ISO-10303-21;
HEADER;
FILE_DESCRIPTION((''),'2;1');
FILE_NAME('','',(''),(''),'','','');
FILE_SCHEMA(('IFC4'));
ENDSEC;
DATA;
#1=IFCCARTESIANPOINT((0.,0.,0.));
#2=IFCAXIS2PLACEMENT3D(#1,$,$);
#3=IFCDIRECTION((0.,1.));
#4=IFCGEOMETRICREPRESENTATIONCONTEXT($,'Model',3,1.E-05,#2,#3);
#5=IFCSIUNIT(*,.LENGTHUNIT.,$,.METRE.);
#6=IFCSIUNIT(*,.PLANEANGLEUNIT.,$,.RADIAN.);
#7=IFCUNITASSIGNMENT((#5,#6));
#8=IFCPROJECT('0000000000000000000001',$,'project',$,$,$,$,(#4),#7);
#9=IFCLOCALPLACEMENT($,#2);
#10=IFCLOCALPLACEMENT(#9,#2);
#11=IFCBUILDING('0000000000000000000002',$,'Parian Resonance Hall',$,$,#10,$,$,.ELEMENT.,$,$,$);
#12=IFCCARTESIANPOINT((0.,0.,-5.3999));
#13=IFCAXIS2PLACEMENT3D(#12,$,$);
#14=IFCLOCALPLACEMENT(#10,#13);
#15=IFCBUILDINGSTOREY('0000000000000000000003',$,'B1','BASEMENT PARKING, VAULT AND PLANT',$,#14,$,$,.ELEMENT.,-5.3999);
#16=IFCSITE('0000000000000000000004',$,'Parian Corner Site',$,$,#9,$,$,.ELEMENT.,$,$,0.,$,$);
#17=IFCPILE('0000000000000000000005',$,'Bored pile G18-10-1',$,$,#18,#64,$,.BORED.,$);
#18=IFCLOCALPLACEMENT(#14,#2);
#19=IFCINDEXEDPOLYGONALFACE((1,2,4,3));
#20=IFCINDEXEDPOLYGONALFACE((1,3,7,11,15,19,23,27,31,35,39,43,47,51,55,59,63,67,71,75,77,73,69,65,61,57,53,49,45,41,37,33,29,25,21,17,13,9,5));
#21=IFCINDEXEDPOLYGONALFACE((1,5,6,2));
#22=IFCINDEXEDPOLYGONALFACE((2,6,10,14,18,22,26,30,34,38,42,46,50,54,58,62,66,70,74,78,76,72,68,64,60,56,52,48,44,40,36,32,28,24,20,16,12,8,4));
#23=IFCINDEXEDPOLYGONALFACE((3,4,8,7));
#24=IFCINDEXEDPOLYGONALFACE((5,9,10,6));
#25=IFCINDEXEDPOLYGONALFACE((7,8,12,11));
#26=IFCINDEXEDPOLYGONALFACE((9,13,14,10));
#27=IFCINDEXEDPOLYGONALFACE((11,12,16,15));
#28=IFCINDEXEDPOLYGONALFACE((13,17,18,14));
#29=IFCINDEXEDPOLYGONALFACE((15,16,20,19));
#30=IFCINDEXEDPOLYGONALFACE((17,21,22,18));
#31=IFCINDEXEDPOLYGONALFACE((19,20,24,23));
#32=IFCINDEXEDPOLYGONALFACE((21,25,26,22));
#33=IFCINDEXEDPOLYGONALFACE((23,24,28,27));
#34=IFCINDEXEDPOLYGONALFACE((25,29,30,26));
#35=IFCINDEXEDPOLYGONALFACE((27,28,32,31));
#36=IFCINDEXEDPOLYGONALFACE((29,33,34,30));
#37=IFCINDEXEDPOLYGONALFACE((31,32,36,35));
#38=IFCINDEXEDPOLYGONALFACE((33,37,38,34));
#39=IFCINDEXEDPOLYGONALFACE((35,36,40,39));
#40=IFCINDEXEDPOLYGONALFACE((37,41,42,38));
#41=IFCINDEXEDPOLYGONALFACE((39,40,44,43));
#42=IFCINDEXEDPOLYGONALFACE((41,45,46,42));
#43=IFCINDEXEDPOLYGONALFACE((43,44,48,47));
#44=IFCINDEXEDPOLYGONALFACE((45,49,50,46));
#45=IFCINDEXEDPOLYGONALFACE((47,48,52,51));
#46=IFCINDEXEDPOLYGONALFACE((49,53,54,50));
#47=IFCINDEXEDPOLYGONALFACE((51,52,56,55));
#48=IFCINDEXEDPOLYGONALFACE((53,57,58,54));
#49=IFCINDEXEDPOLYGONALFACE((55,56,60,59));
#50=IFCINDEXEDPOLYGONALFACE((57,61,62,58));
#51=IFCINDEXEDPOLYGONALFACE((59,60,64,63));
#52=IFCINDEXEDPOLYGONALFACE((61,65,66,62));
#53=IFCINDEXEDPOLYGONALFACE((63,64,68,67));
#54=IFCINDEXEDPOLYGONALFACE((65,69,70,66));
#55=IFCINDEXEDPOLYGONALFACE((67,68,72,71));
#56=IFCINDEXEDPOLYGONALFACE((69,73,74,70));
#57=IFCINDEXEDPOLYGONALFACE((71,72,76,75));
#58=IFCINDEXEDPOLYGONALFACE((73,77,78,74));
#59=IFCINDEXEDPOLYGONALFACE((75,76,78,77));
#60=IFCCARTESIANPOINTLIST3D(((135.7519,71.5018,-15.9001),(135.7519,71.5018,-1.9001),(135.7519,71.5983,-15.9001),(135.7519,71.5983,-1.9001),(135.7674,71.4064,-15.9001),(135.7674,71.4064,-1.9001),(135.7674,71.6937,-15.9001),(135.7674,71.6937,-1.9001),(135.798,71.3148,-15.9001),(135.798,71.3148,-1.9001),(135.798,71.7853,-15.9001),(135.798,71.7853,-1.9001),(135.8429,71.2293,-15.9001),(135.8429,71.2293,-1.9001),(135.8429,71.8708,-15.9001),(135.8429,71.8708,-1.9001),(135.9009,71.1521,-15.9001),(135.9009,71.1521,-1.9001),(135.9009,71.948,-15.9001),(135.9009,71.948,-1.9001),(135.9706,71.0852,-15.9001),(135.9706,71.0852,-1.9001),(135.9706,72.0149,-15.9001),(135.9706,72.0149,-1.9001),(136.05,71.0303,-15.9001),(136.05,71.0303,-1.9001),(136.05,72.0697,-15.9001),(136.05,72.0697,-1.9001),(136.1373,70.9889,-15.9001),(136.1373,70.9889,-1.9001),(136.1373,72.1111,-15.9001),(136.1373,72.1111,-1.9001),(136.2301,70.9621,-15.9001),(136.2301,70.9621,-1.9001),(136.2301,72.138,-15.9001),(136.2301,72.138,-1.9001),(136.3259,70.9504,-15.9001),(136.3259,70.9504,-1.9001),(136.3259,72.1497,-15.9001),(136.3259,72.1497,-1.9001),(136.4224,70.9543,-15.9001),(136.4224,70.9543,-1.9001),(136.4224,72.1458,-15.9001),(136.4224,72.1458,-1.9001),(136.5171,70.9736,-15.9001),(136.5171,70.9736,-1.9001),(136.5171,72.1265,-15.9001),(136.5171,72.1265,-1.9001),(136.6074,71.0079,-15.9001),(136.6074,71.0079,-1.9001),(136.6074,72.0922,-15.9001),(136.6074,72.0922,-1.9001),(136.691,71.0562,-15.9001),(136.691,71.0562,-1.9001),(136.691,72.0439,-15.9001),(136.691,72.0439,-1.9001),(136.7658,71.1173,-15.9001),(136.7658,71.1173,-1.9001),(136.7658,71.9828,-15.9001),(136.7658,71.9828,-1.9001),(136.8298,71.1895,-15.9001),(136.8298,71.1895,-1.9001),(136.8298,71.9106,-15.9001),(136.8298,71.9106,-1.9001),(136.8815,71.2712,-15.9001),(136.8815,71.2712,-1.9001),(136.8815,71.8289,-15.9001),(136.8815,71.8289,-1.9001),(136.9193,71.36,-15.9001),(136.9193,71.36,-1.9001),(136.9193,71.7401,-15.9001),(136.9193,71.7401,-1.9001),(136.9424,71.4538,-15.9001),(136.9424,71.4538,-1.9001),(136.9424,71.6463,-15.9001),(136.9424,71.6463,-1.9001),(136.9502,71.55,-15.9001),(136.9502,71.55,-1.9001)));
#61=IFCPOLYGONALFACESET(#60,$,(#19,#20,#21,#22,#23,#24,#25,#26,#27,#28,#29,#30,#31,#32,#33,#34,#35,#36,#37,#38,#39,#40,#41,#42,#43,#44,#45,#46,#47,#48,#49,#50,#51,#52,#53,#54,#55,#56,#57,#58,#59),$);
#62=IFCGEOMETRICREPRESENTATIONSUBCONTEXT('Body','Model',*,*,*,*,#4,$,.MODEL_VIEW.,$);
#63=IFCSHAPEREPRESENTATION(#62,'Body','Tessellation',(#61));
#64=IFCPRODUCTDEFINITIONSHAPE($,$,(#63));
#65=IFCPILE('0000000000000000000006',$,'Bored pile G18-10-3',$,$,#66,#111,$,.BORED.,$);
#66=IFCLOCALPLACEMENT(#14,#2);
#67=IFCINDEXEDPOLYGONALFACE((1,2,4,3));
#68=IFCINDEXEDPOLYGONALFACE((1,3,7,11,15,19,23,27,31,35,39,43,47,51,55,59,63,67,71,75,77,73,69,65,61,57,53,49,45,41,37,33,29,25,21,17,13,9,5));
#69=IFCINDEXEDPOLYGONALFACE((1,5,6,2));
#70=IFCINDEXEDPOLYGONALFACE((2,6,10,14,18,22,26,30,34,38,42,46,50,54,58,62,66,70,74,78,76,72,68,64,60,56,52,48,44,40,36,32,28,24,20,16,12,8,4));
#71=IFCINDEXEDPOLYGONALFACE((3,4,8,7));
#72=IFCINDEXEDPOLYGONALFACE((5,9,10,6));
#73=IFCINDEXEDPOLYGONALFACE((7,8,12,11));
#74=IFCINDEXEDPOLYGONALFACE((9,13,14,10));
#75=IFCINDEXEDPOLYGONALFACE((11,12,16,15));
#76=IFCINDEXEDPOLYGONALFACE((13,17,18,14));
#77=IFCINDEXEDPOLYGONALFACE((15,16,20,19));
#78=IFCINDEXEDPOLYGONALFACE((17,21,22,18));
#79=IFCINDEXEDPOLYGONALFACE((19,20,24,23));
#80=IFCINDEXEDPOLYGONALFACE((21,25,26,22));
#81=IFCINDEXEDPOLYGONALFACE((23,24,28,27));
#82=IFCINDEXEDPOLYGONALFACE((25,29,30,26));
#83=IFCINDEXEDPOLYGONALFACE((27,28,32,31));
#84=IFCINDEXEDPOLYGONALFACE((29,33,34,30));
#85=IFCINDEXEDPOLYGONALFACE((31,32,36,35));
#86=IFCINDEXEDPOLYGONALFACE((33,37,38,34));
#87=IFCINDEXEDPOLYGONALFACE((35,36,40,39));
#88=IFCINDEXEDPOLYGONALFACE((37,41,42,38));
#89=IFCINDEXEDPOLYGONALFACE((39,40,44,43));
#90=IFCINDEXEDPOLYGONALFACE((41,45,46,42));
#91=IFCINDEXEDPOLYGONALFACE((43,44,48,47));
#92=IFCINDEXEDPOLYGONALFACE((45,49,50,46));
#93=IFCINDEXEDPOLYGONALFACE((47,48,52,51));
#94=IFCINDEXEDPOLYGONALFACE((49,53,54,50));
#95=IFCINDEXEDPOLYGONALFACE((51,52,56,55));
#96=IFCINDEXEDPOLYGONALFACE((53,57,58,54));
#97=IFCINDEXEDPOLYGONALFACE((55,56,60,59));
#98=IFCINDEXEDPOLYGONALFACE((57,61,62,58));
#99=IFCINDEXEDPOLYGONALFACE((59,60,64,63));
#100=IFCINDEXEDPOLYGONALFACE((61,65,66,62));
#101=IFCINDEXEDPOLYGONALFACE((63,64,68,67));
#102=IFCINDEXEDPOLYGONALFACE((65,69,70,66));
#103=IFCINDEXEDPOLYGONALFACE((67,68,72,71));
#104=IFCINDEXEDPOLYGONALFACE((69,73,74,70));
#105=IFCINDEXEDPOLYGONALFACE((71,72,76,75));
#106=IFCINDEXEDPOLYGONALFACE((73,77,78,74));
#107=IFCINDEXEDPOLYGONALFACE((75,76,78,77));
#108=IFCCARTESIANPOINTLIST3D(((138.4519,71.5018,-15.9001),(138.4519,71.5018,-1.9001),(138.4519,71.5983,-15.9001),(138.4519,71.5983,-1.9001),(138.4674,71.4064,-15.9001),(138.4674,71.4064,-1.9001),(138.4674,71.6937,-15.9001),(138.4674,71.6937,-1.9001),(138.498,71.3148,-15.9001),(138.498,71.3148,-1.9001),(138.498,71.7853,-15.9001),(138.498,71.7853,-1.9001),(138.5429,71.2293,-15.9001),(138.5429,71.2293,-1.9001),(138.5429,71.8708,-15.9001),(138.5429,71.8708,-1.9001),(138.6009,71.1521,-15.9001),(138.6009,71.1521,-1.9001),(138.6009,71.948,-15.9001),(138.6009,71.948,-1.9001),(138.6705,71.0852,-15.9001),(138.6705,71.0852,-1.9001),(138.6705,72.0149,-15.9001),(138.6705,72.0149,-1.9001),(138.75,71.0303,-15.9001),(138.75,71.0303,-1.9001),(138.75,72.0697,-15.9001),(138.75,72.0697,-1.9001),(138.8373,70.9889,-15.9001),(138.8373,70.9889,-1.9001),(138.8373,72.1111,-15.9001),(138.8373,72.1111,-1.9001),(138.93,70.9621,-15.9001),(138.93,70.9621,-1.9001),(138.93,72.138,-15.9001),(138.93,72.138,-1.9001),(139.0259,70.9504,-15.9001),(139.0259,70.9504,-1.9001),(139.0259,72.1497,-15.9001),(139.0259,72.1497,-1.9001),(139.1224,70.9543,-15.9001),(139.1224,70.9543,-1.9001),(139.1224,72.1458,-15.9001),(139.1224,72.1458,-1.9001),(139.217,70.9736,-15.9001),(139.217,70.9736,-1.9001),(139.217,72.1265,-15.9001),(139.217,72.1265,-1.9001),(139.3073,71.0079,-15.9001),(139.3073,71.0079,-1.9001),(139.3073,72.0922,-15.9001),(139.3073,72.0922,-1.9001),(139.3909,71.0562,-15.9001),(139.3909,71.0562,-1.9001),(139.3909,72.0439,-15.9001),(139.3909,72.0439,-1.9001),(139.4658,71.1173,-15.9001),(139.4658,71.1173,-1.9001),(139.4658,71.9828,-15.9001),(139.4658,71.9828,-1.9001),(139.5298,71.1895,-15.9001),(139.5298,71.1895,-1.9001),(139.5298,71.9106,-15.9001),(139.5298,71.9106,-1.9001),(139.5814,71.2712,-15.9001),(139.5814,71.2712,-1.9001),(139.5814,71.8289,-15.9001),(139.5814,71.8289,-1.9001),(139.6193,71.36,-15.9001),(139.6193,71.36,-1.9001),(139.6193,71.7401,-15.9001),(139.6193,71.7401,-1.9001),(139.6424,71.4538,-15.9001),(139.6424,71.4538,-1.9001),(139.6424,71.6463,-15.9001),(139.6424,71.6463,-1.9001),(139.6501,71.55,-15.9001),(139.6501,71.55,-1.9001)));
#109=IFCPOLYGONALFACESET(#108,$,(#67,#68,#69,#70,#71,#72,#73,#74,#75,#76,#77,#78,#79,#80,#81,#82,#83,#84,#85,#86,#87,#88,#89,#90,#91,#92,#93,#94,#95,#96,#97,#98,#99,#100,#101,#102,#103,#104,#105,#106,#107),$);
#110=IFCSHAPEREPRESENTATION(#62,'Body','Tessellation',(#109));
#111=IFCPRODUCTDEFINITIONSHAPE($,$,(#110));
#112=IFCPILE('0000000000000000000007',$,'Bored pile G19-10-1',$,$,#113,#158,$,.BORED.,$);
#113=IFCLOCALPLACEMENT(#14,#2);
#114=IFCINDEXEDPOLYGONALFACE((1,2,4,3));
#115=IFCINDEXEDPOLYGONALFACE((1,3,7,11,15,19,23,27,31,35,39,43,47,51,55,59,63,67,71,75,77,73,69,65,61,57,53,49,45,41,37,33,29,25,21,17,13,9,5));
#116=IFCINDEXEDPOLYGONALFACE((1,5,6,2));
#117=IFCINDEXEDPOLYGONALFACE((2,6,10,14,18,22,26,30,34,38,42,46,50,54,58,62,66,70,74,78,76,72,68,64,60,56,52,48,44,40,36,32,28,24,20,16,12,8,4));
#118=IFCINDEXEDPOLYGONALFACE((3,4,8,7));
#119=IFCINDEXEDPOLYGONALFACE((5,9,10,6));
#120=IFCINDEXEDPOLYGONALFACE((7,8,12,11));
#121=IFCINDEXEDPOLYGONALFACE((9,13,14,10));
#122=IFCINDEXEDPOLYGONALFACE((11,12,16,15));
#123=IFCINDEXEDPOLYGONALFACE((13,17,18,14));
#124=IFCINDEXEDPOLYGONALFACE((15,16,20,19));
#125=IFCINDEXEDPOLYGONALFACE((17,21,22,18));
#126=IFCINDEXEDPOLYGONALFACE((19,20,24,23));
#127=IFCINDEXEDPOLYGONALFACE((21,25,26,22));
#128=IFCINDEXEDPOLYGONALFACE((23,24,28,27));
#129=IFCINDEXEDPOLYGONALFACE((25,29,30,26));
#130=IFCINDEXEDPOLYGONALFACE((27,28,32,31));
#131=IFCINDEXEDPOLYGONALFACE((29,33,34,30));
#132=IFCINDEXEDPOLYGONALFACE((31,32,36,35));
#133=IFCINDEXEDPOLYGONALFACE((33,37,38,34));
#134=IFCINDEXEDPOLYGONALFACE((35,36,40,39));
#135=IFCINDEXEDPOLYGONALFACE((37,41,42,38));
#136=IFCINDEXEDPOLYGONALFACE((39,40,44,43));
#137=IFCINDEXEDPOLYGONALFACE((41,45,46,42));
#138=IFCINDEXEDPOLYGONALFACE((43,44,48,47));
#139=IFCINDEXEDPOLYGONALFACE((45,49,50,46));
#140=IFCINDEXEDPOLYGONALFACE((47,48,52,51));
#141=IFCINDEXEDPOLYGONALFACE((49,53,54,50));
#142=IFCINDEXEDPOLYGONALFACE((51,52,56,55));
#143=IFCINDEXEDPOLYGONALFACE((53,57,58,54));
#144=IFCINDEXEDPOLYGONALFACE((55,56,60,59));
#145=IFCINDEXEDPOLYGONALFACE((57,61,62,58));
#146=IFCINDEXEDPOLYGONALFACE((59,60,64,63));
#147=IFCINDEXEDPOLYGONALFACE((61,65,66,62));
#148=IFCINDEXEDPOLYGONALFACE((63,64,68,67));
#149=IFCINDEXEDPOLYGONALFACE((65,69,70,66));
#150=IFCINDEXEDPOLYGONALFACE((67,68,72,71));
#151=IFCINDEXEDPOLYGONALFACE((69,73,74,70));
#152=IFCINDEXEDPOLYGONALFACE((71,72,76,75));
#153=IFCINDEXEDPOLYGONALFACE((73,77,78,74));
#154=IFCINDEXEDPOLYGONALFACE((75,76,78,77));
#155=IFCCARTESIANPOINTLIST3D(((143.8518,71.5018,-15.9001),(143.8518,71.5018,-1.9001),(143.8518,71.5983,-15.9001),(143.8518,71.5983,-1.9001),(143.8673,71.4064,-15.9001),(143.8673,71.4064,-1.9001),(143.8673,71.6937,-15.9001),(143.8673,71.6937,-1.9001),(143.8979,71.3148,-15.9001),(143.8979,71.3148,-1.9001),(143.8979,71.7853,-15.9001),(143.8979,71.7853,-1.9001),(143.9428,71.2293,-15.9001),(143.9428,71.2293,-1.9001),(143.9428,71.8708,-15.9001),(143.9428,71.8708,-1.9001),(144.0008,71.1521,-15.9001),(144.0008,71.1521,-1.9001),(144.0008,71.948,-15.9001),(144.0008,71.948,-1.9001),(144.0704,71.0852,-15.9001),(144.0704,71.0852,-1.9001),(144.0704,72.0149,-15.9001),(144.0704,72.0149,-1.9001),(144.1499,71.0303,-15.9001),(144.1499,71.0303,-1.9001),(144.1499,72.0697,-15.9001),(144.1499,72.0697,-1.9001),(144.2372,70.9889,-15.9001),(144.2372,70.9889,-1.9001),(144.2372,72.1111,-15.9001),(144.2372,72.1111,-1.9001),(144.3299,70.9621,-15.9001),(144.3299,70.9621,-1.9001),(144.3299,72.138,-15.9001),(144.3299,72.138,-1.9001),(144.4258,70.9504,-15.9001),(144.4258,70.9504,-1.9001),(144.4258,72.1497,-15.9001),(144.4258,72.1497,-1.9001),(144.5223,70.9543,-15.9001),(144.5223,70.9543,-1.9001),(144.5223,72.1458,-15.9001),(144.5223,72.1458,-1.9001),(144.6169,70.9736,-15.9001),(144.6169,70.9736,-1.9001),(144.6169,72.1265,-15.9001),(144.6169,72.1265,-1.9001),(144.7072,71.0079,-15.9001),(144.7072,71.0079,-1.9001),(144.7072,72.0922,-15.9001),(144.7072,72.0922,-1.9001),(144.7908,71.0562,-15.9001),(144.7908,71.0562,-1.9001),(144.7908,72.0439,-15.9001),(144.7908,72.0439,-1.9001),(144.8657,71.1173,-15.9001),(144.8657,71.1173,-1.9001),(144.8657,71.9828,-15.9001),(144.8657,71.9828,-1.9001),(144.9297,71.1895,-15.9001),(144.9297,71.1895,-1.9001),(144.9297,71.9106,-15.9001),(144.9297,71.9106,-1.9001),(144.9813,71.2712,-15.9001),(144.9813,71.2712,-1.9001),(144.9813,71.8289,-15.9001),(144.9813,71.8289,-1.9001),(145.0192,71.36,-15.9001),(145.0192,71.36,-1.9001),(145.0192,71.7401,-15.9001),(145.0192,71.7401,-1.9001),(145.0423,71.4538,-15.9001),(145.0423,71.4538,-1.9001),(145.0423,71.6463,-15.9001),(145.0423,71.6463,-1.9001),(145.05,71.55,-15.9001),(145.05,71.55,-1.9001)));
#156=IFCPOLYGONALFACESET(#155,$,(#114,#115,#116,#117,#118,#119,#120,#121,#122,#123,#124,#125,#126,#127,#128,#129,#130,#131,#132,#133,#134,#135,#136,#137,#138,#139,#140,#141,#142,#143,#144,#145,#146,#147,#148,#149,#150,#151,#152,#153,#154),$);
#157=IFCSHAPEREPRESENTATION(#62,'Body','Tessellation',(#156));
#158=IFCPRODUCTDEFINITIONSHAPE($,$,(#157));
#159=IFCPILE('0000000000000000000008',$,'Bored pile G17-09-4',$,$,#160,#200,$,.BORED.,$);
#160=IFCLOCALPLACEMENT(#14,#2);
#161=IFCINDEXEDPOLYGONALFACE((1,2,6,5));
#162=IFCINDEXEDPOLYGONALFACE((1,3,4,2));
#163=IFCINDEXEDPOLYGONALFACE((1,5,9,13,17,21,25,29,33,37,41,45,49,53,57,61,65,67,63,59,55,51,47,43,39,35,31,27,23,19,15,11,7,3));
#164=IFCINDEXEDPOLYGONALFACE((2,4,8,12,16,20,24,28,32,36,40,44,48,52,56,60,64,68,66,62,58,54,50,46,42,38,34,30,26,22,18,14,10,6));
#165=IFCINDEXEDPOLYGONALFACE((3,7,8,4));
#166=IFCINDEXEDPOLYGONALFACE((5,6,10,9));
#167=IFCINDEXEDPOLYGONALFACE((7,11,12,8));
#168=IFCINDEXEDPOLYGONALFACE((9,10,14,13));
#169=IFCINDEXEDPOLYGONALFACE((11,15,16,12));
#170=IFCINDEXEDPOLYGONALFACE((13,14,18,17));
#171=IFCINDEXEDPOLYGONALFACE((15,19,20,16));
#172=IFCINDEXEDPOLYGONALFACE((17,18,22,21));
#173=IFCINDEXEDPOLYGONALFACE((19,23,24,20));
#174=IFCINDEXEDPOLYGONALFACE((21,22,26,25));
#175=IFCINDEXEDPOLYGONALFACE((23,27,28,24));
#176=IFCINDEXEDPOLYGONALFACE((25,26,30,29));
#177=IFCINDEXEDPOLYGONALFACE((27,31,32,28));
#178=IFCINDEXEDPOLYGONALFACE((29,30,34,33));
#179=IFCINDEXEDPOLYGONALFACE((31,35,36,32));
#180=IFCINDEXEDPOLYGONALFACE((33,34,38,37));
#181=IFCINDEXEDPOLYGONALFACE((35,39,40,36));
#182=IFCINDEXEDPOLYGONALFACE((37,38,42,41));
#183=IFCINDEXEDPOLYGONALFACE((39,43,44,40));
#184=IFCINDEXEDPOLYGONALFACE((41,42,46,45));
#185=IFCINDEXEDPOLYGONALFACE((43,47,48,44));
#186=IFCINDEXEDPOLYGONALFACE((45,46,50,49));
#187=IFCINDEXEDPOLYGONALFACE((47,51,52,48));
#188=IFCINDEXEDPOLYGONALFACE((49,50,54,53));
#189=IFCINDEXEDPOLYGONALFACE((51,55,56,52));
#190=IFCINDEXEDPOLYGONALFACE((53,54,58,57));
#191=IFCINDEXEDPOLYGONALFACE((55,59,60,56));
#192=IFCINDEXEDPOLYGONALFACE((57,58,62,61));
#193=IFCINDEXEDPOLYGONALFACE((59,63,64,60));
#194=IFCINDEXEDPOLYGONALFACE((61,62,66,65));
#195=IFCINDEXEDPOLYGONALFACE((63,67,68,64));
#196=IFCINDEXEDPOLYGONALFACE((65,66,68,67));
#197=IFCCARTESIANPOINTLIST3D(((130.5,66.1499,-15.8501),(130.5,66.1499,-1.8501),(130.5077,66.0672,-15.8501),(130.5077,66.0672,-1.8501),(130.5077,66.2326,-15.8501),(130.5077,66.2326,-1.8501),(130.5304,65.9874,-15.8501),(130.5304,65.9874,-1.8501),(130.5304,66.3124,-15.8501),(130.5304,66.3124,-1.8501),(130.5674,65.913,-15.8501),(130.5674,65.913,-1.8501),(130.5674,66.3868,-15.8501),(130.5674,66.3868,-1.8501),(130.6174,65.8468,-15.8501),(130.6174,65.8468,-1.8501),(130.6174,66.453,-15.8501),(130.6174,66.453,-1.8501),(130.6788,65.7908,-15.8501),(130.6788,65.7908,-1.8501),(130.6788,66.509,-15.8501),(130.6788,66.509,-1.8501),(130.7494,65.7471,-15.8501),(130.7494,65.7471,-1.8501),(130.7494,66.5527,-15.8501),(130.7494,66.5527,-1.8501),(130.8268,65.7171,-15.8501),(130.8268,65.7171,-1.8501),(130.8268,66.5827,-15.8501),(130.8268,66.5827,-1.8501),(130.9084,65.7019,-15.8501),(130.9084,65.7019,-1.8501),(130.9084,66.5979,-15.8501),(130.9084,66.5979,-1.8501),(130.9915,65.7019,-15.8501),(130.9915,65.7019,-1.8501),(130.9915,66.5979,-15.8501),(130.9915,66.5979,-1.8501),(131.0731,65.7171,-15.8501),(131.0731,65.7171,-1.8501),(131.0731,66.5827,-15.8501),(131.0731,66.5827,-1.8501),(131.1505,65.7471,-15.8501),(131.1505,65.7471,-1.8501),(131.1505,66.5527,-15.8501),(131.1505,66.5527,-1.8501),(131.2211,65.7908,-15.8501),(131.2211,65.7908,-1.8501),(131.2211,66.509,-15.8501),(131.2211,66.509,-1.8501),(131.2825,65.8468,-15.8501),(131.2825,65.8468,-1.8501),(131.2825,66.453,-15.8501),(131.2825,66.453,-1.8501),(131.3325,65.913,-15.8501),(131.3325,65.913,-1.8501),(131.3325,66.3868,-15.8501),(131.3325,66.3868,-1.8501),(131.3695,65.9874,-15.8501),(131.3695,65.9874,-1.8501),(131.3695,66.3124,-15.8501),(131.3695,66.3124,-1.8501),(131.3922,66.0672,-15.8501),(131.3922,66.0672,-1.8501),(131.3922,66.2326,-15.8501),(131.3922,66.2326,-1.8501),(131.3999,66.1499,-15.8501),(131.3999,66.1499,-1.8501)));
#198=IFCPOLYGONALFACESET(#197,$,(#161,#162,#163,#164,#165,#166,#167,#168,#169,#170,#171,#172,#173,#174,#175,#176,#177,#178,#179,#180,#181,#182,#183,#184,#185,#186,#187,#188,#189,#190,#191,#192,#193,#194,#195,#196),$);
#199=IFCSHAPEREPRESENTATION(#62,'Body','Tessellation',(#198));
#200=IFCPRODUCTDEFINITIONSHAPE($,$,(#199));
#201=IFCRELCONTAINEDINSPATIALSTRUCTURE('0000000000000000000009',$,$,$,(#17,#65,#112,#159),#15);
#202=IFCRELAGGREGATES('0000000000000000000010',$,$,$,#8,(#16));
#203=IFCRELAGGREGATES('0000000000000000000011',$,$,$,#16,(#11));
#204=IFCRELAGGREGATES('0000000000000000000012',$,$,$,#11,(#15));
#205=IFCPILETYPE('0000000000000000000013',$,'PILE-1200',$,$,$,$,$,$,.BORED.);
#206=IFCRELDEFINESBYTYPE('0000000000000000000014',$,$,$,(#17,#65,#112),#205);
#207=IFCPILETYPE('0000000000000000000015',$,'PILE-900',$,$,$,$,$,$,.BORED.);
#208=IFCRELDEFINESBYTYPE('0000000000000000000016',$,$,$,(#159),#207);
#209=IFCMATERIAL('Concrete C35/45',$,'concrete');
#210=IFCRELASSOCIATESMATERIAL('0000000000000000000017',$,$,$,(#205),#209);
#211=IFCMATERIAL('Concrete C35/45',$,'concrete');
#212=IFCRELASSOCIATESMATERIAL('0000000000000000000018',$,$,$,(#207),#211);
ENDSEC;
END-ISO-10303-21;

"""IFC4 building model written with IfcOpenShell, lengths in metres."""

from ifc_helpers import new_model, si_unit, direction, frame, origin, origin_2d, place, context, subcontext, project, spatial, circle, extrude, material, material_profile, profile_set, type_object, element, save


model = new_model("IFC4")

# Units and contexts
model_context = context("Model", 3, precision=1e-05, world=origin(), true_north=direction((0.0, 1.0)))
body_context = subcontext(model_context, "Body", "Model", "MODEL_VIEW")
ifc_project = project(units=[si_unit("LENGTHUNIT", "METRE"), si_unit("PLANEANGLEUNIT", "RADIAN")], contexts=[model_context])

# Site, building, storey
site_placement = place(None, origin())
site = spatial("IfcSite", under=ifc_project, at=site_placement, Name="Parian Corner Site", CompositionType="ELEMENT", RefElevation=0.0)
building_placement = place(site_placement, origin())
building = spatial("IfcBuilding", under=site, at=building_placement, Name="Parian Resonance Hall", CompositionType="ELEMENT")
storey_placement = place(building_placement, frame((0.0, 0.0, -5.3999)))
storey = spatial("IfcBuildingStorey", under=building, at=storey_placement, Name="B1", Description="BASEMENT PARKING, VAULT AND PLANT", CompositionType="ELEMENT", Elevation=-5.3999)

# Piles
ifc_material_1 = material(Name="Concrete C35/45", Category="concrete")
ifc_material_profile_1 = material_profile(ifc_material_1, circle(Radius=0.6001, at=origin_2d()), Name="PILE-D1200")
ifc_profile_set_1 = profile_set([ifc_material_profile_1], Name="Concrete C35/45")
pile_type_1 = type_object("IfcPileType", Name="PILE-1200", PredefinedType="BORED", material=ifc_profile_set_1)
for number, where, z_axis, x_axis, name in (
    (1, (136.3501, 71.55, -1.9001), (0.0, 0.0, -1.0), (1.0, 0.0, 0.0), "Bored pile G18-10-1"),
    (2, (139.05, 71.55, -1.9001), (0.0, 0.0, -1.0), (1.0, 0.0, 0.0), "Bored pile G18-10-3"),
    (3, (144.45, 71.55, -1.9001), (0.0, 0.0, -1.0), (1.0, 0.0, 0.0), "Bored pile G19-10-1"),
):
    element("IfcPile", number, at=place(storey_placement, frame(where, z_axis=z_axis, x_axis=x_axis)), inside=storey, type_object=pile_type_1, Name=name, PredefinedType="BORED", context=body_context, shape_type="SweptSolid", body=[
        extrude(circle(Radius=0.6001, at=origin_2d()), origin(), (0.0, 0.0, 1.0), 14.0),
    ])
ifc_material_2 = material(Name="Concrete C35/45", Category="concrete")
ifc_material_profile_2 = material_profile(ifc_material_2, circle(Radius=0.45, at=origin_2d()), Name="PILE-D900")
ifc_profile_set_2 = profile_set([ifc_material_profile_2], Name="Concrete C35/45")
pile_type_2 = type_object("IfcPileType", Name="PILE-900", PredefinedType="BORED", material=ifc_profile_set_2)
for number, where, z_axis, x_axis, name in (
    (4, (130.95, 66.1499, -1.8501), (0.0, 0.0, -1.0), (1.0, 0.0, 0.0), "Bored pile G17-09-4"),
):
    element("IfcPile", number, at=place(storey_placement, frame(where, z_axis=z_axis, x_axis=x_axis)), inside=storey, type_object=pile_type_2, Name=name, PredefinedType="BORED", context=body_context, shape_type="SweptSolid", body=[
        extrude(circle(Radius=0.45, at=origin_2d()), origin(), (0.0, 0.0, 1.0), 14.0),
    ])

save(model, "model.ifc")
